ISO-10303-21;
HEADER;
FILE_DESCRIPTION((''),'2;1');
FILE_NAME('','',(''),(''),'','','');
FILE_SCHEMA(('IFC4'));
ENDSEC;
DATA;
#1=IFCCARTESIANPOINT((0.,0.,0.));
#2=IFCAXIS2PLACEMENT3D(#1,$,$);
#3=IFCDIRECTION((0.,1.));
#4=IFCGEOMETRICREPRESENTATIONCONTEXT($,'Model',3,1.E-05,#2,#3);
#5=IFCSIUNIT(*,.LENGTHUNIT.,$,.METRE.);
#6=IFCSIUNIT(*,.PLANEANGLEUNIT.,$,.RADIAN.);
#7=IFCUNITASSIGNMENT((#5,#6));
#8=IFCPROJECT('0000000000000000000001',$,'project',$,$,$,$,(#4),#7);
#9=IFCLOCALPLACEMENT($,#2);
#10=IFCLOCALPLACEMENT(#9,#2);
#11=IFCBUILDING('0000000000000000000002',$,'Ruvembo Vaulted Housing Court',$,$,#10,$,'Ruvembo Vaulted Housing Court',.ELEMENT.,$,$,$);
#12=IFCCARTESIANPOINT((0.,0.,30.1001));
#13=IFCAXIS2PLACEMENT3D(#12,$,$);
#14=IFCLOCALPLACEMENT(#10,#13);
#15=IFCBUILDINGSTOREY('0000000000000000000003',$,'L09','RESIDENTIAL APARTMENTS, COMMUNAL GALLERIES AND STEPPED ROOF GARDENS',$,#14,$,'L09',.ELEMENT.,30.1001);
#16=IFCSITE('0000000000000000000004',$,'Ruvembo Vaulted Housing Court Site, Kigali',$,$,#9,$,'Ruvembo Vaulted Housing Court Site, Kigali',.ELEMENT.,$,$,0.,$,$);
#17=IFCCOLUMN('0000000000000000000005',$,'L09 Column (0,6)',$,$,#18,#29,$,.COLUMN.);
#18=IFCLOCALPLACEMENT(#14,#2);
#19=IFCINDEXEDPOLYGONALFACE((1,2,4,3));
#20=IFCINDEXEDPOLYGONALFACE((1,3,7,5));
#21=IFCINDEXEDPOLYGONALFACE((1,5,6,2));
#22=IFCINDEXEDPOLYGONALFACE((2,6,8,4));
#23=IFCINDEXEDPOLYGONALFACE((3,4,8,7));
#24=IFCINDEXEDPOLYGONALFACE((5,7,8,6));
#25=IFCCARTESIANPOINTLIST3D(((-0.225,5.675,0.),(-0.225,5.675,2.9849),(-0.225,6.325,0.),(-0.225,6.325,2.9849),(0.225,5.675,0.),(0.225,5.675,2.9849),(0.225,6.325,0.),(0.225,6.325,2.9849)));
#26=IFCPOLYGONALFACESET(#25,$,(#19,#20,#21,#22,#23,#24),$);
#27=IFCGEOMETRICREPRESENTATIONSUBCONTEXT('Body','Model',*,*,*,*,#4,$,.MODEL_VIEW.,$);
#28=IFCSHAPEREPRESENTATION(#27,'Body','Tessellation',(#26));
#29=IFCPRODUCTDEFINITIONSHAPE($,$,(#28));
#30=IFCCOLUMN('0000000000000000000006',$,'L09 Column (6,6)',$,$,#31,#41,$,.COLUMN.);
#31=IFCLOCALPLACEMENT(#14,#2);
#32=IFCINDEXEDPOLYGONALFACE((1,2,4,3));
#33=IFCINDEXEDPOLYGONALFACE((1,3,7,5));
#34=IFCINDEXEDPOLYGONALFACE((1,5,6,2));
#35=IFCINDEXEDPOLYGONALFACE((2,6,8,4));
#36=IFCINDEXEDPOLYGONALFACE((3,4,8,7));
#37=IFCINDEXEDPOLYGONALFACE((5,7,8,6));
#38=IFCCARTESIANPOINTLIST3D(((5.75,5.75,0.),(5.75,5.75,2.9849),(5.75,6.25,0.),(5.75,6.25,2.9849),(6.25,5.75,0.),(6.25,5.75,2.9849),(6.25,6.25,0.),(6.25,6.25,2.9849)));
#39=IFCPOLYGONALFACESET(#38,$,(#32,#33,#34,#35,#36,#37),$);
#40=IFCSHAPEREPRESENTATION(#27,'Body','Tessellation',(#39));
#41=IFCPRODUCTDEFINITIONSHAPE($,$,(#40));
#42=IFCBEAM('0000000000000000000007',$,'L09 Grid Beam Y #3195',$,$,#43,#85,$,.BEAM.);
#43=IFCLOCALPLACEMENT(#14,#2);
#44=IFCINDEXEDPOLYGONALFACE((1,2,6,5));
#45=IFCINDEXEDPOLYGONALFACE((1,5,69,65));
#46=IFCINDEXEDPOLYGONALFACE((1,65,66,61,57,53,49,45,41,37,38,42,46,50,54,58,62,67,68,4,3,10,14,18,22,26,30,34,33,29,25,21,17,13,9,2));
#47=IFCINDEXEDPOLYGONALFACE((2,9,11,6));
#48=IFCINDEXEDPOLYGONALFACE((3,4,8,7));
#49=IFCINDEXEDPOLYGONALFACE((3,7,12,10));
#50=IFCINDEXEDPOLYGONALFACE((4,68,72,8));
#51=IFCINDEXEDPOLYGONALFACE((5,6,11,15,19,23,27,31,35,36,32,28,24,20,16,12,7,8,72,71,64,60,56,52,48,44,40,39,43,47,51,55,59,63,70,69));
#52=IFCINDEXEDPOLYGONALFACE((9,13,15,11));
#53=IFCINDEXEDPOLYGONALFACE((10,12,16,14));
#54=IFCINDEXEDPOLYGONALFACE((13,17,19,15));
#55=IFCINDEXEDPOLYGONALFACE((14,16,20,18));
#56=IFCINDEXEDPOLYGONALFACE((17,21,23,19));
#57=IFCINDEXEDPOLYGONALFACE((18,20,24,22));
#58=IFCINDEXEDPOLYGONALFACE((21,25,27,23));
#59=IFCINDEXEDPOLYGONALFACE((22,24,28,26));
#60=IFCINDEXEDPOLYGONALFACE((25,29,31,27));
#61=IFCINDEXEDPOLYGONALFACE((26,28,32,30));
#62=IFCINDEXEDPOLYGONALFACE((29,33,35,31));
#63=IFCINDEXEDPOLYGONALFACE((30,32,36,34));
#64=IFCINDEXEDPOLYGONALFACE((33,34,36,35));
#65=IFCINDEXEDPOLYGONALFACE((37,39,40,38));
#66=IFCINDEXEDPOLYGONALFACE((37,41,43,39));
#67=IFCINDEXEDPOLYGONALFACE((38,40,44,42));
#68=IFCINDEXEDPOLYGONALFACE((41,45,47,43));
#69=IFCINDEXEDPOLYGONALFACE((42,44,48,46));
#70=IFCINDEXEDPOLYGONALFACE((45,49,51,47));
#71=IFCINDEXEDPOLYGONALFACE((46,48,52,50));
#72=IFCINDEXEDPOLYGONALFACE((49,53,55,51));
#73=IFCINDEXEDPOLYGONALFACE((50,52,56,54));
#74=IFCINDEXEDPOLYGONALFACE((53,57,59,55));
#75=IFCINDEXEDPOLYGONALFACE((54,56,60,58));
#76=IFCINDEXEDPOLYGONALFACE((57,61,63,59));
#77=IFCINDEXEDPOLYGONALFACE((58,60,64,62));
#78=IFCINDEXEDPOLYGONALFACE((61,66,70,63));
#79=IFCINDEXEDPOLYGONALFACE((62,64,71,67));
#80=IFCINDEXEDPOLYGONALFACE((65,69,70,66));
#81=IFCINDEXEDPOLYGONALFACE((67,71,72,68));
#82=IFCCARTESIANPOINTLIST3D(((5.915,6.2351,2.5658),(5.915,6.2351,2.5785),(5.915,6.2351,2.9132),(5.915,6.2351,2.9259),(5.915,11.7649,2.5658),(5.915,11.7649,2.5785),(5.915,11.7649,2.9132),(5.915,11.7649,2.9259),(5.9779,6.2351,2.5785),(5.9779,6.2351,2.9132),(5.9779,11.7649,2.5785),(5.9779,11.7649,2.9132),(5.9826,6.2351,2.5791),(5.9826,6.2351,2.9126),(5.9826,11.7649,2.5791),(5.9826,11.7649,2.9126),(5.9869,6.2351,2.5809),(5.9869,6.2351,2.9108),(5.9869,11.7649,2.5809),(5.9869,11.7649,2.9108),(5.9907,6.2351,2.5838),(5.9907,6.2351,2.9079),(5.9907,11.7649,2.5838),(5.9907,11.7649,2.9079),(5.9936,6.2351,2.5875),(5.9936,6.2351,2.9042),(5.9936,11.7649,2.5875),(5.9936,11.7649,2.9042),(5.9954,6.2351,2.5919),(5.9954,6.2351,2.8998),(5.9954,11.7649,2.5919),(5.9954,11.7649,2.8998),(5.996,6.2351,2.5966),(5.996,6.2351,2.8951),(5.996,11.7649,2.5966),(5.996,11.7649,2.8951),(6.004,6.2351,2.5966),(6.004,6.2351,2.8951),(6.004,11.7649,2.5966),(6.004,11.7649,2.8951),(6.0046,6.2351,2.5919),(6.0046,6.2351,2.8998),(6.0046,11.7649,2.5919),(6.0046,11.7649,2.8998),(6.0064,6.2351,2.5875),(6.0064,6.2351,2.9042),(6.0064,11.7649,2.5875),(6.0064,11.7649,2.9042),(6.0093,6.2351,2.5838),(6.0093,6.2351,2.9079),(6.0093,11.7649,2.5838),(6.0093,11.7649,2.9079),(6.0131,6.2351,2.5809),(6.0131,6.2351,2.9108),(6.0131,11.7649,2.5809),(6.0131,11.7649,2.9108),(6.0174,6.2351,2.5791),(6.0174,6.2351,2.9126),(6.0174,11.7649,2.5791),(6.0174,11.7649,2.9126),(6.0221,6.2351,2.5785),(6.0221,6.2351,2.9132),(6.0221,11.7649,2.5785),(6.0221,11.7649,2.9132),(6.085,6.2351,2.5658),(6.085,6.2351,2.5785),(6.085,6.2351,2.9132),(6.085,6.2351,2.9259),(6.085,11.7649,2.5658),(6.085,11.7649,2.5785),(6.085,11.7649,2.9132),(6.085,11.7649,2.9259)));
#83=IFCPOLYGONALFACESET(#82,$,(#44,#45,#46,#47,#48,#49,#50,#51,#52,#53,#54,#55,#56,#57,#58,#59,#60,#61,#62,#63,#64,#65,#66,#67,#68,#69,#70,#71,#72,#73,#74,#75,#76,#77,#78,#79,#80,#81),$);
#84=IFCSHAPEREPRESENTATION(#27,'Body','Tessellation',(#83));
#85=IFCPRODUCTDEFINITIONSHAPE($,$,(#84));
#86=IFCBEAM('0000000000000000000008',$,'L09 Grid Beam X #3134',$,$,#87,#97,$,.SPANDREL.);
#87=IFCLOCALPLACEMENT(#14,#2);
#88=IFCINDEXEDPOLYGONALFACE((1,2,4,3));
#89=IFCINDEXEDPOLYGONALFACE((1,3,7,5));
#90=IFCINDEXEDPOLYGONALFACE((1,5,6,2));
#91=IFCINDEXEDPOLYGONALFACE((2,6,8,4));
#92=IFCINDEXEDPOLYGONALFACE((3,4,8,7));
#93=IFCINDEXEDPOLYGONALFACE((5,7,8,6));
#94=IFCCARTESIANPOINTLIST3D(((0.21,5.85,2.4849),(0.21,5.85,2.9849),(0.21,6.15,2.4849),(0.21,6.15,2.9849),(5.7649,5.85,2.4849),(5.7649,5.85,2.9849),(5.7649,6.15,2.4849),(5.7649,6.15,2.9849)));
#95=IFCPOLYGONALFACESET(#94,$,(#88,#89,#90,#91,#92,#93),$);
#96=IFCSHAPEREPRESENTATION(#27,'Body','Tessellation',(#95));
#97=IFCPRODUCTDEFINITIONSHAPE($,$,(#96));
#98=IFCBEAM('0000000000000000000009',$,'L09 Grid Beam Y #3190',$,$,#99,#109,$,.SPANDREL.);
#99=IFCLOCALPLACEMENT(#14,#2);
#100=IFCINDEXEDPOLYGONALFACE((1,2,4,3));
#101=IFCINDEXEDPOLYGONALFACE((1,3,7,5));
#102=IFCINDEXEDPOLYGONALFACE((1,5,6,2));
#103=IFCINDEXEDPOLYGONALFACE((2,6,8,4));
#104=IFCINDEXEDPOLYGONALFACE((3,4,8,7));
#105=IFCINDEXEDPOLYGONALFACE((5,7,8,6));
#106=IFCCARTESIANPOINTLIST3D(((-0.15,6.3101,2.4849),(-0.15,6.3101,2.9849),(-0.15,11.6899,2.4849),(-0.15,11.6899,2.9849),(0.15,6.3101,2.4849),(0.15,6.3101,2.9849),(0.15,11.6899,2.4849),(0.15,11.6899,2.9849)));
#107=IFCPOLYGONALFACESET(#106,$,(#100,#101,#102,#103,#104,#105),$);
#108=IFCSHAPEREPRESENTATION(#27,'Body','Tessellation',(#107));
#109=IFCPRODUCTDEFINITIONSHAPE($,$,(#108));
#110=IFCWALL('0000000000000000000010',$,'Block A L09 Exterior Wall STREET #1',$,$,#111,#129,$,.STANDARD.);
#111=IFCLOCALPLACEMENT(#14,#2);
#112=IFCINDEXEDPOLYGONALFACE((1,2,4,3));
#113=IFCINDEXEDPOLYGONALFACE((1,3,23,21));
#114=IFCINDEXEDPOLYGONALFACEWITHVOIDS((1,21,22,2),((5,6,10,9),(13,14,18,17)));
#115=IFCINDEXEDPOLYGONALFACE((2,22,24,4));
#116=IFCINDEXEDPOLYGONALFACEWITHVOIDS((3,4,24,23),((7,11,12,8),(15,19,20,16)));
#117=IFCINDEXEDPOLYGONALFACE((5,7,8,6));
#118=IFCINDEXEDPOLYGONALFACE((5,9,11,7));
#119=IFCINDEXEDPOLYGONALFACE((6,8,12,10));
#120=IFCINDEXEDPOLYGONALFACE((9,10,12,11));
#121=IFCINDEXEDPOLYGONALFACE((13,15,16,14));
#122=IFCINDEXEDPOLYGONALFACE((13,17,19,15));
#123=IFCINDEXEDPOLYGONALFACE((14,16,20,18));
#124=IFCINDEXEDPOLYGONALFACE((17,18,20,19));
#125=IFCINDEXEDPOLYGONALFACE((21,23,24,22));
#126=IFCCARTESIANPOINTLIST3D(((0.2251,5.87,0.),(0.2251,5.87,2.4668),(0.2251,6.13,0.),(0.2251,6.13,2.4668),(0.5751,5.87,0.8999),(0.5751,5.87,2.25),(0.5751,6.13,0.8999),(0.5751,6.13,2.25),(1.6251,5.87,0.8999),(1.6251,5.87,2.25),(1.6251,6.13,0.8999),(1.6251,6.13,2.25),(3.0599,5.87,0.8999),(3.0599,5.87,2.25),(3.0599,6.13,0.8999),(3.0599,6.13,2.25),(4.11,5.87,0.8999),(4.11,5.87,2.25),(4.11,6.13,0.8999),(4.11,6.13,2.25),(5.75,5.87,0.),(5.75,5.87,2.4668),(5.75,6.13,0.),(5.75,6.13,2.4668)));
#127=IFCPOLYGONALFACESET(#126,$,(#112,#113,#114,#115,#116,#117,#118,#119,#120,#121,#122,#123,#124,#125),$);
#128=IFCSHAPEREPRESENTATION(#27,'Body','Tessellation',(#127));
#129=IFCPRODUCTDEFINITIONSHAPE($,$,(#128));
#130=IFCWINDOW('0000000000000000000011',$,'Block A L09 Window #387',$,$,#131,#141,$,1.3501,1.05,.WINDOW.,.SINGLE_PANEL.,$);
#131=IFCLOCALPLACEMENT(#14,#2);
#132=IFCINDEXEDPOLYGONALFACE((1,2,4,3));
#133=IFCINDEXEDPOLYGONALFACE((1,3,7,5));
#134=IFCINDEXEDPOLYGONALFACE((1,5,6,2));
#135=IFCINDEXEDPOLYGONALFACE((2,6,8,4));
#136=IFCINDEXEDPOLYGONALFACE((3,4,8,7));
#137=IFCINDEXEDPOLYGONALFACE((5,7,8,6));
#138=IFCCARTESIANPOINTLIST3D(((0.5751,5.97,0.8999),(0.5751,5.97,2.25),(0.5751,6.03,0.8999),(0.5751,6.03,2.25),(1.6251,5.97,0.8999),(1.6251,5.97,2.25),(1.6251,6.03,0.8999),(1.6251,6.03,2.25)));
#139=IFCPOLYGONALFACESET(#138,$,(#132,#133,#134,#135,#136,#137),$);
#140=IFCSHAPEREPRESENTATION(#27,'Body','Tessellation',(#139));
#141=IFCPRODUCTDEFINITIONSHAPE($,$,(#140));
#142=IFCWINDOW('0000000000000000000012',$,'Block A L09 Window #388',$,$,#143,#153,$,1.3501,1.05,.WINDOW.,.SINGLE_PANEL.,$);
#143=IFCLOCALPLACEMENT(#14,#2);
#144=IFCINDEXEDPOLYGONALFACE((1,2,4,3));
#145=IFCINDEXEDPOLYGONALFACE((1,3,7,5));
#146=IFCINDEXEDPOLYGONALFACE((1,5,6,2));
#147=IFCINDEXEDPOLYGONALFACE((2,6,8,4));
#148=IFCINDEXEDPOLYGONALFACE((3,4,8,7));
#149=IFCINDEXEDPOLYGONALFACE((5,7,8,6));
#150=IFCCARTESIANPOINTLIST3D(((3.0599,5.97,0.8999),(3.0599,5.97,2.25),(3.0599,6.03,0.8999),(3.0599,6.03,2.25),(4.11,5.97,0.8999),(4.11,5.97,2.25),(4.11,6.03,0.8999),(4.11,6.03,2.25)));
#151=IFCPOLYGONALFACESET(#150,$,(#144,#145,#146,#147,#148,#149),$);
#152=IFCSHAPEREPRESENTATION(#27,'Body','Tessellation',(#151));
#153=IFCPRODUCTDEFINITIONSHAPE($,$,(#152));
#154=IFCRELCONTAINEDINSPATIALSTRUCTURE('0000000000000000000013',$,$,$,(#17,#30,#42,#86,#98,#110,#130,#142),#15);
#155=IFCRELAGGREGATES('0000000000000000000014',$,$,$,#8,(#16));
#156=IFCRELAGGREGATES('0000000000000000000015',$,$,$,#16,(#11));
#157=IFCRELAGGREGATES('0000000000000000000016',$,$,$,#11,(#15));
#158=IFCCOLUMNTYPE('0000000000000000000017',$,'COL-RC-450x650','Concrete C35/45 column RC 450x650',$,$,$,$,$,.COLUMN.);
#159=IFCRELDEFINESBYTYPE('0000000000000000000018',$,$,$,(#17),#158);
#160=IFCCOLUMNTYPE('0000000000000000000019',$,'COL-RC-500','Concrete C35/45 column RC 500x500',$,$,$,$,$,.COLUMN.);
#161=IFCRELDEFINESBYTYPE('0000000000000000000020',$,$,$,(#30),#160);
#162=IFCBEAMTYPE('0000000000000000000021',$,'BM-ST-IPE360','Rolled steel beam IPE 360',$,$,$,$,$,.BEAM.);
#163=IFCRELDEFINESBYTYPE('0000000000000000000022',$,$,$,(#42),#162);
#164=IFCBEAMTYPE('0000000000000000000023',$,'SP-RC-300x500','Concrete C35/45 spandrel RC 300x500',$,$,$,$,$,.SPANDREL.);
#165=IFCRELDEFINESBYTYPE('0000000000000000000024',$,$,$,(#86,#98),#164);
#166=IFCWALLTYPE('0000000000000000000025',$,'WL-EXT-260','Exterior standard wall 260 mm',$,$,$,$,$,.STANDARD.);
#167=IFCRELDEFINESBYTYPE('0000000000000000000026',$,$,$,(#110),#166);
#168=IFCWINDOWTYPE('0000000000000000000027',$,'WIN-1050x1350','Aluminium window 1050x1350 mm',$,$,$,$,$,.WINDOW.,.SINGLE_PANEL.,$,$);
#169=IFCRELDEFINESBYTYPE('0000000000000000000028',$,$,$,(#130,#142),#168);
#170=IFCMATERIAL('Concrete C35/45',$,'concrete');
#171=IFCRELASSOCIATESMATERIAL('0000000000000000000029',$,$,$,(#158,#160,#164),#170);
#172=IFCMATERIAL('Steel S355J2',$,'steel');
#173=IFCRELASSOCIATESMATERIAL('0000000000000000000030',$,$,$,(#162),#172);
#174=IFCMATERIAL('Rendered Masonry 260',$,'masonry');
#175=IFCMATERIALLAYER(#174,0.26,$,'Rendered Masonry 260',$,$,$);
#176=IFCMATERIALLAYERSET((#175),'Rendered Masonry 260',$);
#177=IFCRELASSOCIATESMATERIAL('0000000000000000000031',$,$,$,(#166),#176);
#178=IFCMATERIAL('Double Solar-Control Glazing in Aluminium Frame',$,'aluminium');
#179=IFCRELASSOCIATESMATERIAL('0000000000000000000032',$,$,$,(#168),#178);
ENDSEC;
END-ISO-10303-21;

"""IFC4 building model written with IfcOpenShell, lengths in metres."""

from ifc_helpers import new_model, si_unit, direction, frame, frame_2d, origin, origin_2d, place, context, subcontext, project, spatial, rectangle, i_section, extrude, material, layer, layer_set, material_profile, profile_set, type_object, element, fill, save


model = new_model("IFC4")

# Units and contexts
model_context = context("Model", 3, precision=1e-05, world=origin(), true_north=direction((0.0, 1.0)))
body_context = subcontext(model_context, "Body", "Model", "MODEL_VIEW")
ifc_project = project(units=[si_unit("LENGTHUNIT", "METRE"), si_unit("PLANEANGLEUNIT", "RADIAN")], contexts=[model_context])

# Site, building, storey
site_placement = place(None, origin())
site = spatial("IfcSite", under=ifc_project, at=site_placement, Name="Ruvembo Vaulted Housing Court Site, Kigali", LongName="Ruvembo Vaulted Housing Court Site, Kigali", CompositionType="ELEMENT", RefElevation=0.0)
building_placement = place(site_placement, origin())
building = spatial("IfcBuilding", under=site, at=building_placement, Name="Ruvembo Vaulted Housing Court", LongName="Ruvembo Vaulted Housing Court", CompositionType="ELEMENT")
storey_placement = place(building_placement, frame((0.0, 0.0, 30.1001)))
storey = spatial("IfcBuildingStorey", under=building, at=storey_placement, Name="L09", Description="RESIDENTIAL APARTMENTS, COMMUNAL GALLERIES AND STEPPED ROOF GARDENS", LongName="L09", CompositionType="ELEMENT", Elevation=30.1001)

# Columns
ifc_material_1 = material(Name="Concrete C35/45", Category="concrete")
ifc_material_profile_1 = material_profile(ifc_material_1, rectangle(XDim=0.45, YDim=0.6499, at=origin_2d()), Name="RC 450x650")
ifc_profile_set_1 = profile_set([ifc_material_profile_1], Name="Concrete C35/45")
column_type_1 = type_object("IfcColumnType", Name="COL-RC-450x650", Description="Concrete C35/45 column RC 450x650", PredefinedType="COLUMN", material=ifc_profile_set_1)
column_1_placement = place(storey_placement, frame((0.0, 6.0, 0.0), z_axis=(0.0, 0.0, 1.0), x_axis=(1.0, 0.0, 0.0)))
element("IfcColumn", 1, at=column_1_placement, inside=storey, type_object=column_type_1, Name="L09 Column (0,6)", PredefinedType="COLUMN", context=body_context, shape_type="SweptSolid", body=[
    extrude(rectangle(XDim=0.45, YDim=0.6499, at=origin_2d()), origin(), (0.0, 0.0, 1.0), 2.9849),
])
ifc_material_profile_2 = material_profile(ifc_material_1, rectangle(XDim=0.5, YDim=0.5, at=origin_2d()), Name="RC 500x500")
ifc_profile_set_2 = profile_set([ifc_material_profile_2], Name="Concrete C35/45")
column_type_2 = type_object("IfcColumnType", Name="COL-RC-500", Description="Concrete C35/45 column RC 500x500", PredefinedType="COLUMN", material=ifc_profile_set_2)
column_2_placement = place(storey_placement, frame((6.0, 6.0, 0.0), z_axis=(0.0, 0.0, 1.0), x_axis=(1.0, 0.0, 0.0)))
element("IfcColumn", 2, at=column_2_placement, inside=storey, type_object=column_type_2, Name="L09 Column (6,6)", PredefinedType="COLUMN", context=body_context, shape_type="SweptSolid", body=[
    extrude(rectangle(XDim=0.5, YDim=0.5, at=origin_2d()), origin(), (0.0, 0.0, 1.0), 2.9849),
])

# Beams
ifc_material_2 = material(Name="Steel S355J2", Category="steel")
ifc_material_profile_3 = material_profile(ifc_material_2, i_section(OverallWidth=0.1699, OverallDepth=0.3601, WebThickness=0.0081, FlangeThickness=0.0127, FilletRadius=0.0181, at=origin_2d()), Name="IPE 360")
ifc_profile_set_3 = profile_set([ifc_material_profile_3], Name="Steel S355J2")
beam_type_1 = type_object("IfcBeamType", Name="BM-ST-IPE360", Description="Rolled steel beam IPE 360", PredefinedType="BEAM", material=ifc_profile_set_3)
beam_1_placement = place(storey_placement, frame((6.0, 6.2351, 2.7458), z_axis=(0.0, 1.0, 0.0), x_axis=(-1.0, 0.0, 0.0)))
element("IfcBeam", 3, at=beam_1_placement, inside=storey, type_object=beam_type_1, Name="L09 Grid Beam Y #3195", PredefinedType="BEAM", context=body_context, shape_type="SweptSolid", body=[
    extrude(i_section(OverallWidth=0.1699, OverallDepth=0.3601, WebThickness=0.0081, FlangeThickness=0.0127, FilletRadius=0.0181, at=origin_2d()), origin(), (0.0, 0.0, 1.0), 5.5298),
])
ifc_material_profile_4 = material_profile(ifc_material_1, rectangle(XDim=0.3, YDim=0.5, at=origin_2d()), Name="RC 300x500")
ifc_profile_set_4 = profile_set([ifc_material_profile_4], Name="Concrete C35/45")
beam_type_2 = type_object("IfcBeamType", Name="SP-RC-300x500", Description="Concrete C35/45 spandrel RC 300x500", PredefinedType="SPANDREL", material=ifc_profile_set_4)
beam_2_placement = place(storey_placement, frame((0.21, 6.0, 2.7349), z_axis=(1.0, 0.0, 0.0), x_axis=(0.0, 1.0, 0.0)))
element("IfcBeam", 4, at=beam_2_placement, inside=storey, type_object=beam_type_2, Name="L09 Grid Beam X #3134", PredefinedType="SPANDREL", context=body_context, shape_type="SweptSolid", body=[
    extrude(rectangle(XDim=0.3, YDim=0.5, at=origin_2d()), origin(), (0.0, 0.0, 1.0), 5.5549),
])
beam_3_placement = place(storey_placement, frame((0.0, 6.3101, 2.7349), z_axis=(0.0, 1.0, 0.0), x_axis=(-1.0, 0.0, 0.0)))
element("IfcBeam", 5, at=beam_3_placement, inside=storey, type_object=beam_type_2, Name="L09 Grid Beam Y #3190", PredefinedType="SPANDREL", context=body_context, shape_type="SweptSolid", body=[
    extrude(rectangle(XDim=0.3, YDim=0.5, at=origin_2d()), origin(), (0.0, 0.0, 1.0), 5.3799),
])

# Wall, openings, windows
ifc_material_3 = material(Name="Rendered Masonry 260", Category="masonry")
ifc_layer_1 = layer(ifc_material_3, 0.26, Name="Rendered Masonry 260")
ifc_layer_set_1 = layer_set([ifc_layer_1], Name="Rendered Masonry 260")
wall_type_1 = type_object("IfcWallType", Name="WL-EXT-260", Description="Exterior standard wall 260 mm", PredefinedType="STANDARD", material=ifc_layer_set_1)
wall_1_placement = place(storey_placement, frame((0.2251, 6.0, 0.0), z_axis=(0.0, 0.0, 1.0), x_axis=(1.0, 0.0, 0.0)))
wall_1 = element("IfcWall", 6, at=wall_1_placement, inside=storey, type_object=wall_type_1, Name="Block A L09 Exterior Wall STREET #1", PredefinedType="STANDARD", context=body_context, shape_type="SweptSolid", body=[
    extrude(rectangle(XDim=5.5249, YDim=0.26, at=frame_2d((2.7625, 0.0))), origin(), (0.0, 0.0, 1.0), 2.4668),
])
opening_1_placement = place(wall_1_placement, frame((0.3501, 0.0, 0.8999)))
opening_1 = element("IfcOpeningElement", 7, at=opening_1_placement, cuts=wall_1, PredefinedType="OPENING", context=body_context, shape_type="SweptSolid", body=[
    extrude(rectangle(XDim=1.05, YDim=1.3501, at=frame_2d((0.5249, 0.675))), frame((0.0, 0.1399, 0.0), z_axis=(0.0, -1.0, 0.0), x_axis=(1.0, 0.0, 0.0)), (0.0, 0.0, 1.0), 0.28),
])
opening_2_placement = place(wall_1_placement, frame((2.835, 0.0, 0.8999)))
opening_2 = element("IfcOpeningElement", 8, at=opening_2_placement, cuts=wall_1, PredefinedType="OPENING", context=body_context, shape_type="SweptSolid", body=[
    extrude(rectangle(XDim=1.05, YDim=1.3501, at=frame_2d((0.5249, 0.675))), frame((0.0, 0.1399, 0.0), z_axis=(0.0, -1.0, 0.0), x_axis=(1.0, 0.0, 0.0)), (0.0, 0.0, 1.0), 0.28),
])
ifc_material_4 = material(Name="Double Solar-Control Glazing in Aluminium Frame", Category="aluminium")
window_type_1 = type_object("IfcWindowType", Name="WIN-1050x1350", Description="Aluminium window 1050x1350 mm", PartitioningType="SINGLE_PANEL", PredefinedType="WINDOW", material=ifc_material_4)
window_1_placement = place(opening_1_placement, origin())
window_1 = element("IfcWindow", 9, at=window_1_placement, inside=storey, type_object=window_type_1, Name="Block A L09 Window #387", OverallHeight=1.3501, OverallWidth=1.05, PartitioningType="SINGLE_PANEL", PredefinedType="WINDOW", context=body_context, shape_type="SweptSolid", body=[
    extrude(rectangle(XDim=1.05, YDim=1.3501, at=frame_2d((0.5249, 0.675))), frame((0.0, 0.03, 0.0), z_axis=(0.0, -1.0, 0.0), x_axis=(1.0, 0.0, 0.0)), (0.0, 0.0, 1.0), 0.0601),
])
fill(opening_1, window_1)
window_2_placement = place(opening_2_placement, origin())
window_2 = element("IfcWindow", 10, at=window_2_placement, inside=storey, type_object=window_type_1, Name="Block A L09 Window #388", OverallHeight=1.3501, OverallWidth=1.05, PartitioningType="SINGLE_PANEL", PredefinedType="WINDOW", context=body_context, shape_type="SweptSolid", body=[
    extrude(rectangle(XDim=1.05, YDim=1.3501, at=frame_2d((0.5249, 0.675))), frame((0.0, 0.03, 0.0), z_axis=(0.0, -1.0, 0.0), x_axis=(1.0, 0.0, 0.0)), (0.0, 0.0, 1.0), 0.0601),
])
fill(opening_2, window_2)

save(model, "model.ifc")
